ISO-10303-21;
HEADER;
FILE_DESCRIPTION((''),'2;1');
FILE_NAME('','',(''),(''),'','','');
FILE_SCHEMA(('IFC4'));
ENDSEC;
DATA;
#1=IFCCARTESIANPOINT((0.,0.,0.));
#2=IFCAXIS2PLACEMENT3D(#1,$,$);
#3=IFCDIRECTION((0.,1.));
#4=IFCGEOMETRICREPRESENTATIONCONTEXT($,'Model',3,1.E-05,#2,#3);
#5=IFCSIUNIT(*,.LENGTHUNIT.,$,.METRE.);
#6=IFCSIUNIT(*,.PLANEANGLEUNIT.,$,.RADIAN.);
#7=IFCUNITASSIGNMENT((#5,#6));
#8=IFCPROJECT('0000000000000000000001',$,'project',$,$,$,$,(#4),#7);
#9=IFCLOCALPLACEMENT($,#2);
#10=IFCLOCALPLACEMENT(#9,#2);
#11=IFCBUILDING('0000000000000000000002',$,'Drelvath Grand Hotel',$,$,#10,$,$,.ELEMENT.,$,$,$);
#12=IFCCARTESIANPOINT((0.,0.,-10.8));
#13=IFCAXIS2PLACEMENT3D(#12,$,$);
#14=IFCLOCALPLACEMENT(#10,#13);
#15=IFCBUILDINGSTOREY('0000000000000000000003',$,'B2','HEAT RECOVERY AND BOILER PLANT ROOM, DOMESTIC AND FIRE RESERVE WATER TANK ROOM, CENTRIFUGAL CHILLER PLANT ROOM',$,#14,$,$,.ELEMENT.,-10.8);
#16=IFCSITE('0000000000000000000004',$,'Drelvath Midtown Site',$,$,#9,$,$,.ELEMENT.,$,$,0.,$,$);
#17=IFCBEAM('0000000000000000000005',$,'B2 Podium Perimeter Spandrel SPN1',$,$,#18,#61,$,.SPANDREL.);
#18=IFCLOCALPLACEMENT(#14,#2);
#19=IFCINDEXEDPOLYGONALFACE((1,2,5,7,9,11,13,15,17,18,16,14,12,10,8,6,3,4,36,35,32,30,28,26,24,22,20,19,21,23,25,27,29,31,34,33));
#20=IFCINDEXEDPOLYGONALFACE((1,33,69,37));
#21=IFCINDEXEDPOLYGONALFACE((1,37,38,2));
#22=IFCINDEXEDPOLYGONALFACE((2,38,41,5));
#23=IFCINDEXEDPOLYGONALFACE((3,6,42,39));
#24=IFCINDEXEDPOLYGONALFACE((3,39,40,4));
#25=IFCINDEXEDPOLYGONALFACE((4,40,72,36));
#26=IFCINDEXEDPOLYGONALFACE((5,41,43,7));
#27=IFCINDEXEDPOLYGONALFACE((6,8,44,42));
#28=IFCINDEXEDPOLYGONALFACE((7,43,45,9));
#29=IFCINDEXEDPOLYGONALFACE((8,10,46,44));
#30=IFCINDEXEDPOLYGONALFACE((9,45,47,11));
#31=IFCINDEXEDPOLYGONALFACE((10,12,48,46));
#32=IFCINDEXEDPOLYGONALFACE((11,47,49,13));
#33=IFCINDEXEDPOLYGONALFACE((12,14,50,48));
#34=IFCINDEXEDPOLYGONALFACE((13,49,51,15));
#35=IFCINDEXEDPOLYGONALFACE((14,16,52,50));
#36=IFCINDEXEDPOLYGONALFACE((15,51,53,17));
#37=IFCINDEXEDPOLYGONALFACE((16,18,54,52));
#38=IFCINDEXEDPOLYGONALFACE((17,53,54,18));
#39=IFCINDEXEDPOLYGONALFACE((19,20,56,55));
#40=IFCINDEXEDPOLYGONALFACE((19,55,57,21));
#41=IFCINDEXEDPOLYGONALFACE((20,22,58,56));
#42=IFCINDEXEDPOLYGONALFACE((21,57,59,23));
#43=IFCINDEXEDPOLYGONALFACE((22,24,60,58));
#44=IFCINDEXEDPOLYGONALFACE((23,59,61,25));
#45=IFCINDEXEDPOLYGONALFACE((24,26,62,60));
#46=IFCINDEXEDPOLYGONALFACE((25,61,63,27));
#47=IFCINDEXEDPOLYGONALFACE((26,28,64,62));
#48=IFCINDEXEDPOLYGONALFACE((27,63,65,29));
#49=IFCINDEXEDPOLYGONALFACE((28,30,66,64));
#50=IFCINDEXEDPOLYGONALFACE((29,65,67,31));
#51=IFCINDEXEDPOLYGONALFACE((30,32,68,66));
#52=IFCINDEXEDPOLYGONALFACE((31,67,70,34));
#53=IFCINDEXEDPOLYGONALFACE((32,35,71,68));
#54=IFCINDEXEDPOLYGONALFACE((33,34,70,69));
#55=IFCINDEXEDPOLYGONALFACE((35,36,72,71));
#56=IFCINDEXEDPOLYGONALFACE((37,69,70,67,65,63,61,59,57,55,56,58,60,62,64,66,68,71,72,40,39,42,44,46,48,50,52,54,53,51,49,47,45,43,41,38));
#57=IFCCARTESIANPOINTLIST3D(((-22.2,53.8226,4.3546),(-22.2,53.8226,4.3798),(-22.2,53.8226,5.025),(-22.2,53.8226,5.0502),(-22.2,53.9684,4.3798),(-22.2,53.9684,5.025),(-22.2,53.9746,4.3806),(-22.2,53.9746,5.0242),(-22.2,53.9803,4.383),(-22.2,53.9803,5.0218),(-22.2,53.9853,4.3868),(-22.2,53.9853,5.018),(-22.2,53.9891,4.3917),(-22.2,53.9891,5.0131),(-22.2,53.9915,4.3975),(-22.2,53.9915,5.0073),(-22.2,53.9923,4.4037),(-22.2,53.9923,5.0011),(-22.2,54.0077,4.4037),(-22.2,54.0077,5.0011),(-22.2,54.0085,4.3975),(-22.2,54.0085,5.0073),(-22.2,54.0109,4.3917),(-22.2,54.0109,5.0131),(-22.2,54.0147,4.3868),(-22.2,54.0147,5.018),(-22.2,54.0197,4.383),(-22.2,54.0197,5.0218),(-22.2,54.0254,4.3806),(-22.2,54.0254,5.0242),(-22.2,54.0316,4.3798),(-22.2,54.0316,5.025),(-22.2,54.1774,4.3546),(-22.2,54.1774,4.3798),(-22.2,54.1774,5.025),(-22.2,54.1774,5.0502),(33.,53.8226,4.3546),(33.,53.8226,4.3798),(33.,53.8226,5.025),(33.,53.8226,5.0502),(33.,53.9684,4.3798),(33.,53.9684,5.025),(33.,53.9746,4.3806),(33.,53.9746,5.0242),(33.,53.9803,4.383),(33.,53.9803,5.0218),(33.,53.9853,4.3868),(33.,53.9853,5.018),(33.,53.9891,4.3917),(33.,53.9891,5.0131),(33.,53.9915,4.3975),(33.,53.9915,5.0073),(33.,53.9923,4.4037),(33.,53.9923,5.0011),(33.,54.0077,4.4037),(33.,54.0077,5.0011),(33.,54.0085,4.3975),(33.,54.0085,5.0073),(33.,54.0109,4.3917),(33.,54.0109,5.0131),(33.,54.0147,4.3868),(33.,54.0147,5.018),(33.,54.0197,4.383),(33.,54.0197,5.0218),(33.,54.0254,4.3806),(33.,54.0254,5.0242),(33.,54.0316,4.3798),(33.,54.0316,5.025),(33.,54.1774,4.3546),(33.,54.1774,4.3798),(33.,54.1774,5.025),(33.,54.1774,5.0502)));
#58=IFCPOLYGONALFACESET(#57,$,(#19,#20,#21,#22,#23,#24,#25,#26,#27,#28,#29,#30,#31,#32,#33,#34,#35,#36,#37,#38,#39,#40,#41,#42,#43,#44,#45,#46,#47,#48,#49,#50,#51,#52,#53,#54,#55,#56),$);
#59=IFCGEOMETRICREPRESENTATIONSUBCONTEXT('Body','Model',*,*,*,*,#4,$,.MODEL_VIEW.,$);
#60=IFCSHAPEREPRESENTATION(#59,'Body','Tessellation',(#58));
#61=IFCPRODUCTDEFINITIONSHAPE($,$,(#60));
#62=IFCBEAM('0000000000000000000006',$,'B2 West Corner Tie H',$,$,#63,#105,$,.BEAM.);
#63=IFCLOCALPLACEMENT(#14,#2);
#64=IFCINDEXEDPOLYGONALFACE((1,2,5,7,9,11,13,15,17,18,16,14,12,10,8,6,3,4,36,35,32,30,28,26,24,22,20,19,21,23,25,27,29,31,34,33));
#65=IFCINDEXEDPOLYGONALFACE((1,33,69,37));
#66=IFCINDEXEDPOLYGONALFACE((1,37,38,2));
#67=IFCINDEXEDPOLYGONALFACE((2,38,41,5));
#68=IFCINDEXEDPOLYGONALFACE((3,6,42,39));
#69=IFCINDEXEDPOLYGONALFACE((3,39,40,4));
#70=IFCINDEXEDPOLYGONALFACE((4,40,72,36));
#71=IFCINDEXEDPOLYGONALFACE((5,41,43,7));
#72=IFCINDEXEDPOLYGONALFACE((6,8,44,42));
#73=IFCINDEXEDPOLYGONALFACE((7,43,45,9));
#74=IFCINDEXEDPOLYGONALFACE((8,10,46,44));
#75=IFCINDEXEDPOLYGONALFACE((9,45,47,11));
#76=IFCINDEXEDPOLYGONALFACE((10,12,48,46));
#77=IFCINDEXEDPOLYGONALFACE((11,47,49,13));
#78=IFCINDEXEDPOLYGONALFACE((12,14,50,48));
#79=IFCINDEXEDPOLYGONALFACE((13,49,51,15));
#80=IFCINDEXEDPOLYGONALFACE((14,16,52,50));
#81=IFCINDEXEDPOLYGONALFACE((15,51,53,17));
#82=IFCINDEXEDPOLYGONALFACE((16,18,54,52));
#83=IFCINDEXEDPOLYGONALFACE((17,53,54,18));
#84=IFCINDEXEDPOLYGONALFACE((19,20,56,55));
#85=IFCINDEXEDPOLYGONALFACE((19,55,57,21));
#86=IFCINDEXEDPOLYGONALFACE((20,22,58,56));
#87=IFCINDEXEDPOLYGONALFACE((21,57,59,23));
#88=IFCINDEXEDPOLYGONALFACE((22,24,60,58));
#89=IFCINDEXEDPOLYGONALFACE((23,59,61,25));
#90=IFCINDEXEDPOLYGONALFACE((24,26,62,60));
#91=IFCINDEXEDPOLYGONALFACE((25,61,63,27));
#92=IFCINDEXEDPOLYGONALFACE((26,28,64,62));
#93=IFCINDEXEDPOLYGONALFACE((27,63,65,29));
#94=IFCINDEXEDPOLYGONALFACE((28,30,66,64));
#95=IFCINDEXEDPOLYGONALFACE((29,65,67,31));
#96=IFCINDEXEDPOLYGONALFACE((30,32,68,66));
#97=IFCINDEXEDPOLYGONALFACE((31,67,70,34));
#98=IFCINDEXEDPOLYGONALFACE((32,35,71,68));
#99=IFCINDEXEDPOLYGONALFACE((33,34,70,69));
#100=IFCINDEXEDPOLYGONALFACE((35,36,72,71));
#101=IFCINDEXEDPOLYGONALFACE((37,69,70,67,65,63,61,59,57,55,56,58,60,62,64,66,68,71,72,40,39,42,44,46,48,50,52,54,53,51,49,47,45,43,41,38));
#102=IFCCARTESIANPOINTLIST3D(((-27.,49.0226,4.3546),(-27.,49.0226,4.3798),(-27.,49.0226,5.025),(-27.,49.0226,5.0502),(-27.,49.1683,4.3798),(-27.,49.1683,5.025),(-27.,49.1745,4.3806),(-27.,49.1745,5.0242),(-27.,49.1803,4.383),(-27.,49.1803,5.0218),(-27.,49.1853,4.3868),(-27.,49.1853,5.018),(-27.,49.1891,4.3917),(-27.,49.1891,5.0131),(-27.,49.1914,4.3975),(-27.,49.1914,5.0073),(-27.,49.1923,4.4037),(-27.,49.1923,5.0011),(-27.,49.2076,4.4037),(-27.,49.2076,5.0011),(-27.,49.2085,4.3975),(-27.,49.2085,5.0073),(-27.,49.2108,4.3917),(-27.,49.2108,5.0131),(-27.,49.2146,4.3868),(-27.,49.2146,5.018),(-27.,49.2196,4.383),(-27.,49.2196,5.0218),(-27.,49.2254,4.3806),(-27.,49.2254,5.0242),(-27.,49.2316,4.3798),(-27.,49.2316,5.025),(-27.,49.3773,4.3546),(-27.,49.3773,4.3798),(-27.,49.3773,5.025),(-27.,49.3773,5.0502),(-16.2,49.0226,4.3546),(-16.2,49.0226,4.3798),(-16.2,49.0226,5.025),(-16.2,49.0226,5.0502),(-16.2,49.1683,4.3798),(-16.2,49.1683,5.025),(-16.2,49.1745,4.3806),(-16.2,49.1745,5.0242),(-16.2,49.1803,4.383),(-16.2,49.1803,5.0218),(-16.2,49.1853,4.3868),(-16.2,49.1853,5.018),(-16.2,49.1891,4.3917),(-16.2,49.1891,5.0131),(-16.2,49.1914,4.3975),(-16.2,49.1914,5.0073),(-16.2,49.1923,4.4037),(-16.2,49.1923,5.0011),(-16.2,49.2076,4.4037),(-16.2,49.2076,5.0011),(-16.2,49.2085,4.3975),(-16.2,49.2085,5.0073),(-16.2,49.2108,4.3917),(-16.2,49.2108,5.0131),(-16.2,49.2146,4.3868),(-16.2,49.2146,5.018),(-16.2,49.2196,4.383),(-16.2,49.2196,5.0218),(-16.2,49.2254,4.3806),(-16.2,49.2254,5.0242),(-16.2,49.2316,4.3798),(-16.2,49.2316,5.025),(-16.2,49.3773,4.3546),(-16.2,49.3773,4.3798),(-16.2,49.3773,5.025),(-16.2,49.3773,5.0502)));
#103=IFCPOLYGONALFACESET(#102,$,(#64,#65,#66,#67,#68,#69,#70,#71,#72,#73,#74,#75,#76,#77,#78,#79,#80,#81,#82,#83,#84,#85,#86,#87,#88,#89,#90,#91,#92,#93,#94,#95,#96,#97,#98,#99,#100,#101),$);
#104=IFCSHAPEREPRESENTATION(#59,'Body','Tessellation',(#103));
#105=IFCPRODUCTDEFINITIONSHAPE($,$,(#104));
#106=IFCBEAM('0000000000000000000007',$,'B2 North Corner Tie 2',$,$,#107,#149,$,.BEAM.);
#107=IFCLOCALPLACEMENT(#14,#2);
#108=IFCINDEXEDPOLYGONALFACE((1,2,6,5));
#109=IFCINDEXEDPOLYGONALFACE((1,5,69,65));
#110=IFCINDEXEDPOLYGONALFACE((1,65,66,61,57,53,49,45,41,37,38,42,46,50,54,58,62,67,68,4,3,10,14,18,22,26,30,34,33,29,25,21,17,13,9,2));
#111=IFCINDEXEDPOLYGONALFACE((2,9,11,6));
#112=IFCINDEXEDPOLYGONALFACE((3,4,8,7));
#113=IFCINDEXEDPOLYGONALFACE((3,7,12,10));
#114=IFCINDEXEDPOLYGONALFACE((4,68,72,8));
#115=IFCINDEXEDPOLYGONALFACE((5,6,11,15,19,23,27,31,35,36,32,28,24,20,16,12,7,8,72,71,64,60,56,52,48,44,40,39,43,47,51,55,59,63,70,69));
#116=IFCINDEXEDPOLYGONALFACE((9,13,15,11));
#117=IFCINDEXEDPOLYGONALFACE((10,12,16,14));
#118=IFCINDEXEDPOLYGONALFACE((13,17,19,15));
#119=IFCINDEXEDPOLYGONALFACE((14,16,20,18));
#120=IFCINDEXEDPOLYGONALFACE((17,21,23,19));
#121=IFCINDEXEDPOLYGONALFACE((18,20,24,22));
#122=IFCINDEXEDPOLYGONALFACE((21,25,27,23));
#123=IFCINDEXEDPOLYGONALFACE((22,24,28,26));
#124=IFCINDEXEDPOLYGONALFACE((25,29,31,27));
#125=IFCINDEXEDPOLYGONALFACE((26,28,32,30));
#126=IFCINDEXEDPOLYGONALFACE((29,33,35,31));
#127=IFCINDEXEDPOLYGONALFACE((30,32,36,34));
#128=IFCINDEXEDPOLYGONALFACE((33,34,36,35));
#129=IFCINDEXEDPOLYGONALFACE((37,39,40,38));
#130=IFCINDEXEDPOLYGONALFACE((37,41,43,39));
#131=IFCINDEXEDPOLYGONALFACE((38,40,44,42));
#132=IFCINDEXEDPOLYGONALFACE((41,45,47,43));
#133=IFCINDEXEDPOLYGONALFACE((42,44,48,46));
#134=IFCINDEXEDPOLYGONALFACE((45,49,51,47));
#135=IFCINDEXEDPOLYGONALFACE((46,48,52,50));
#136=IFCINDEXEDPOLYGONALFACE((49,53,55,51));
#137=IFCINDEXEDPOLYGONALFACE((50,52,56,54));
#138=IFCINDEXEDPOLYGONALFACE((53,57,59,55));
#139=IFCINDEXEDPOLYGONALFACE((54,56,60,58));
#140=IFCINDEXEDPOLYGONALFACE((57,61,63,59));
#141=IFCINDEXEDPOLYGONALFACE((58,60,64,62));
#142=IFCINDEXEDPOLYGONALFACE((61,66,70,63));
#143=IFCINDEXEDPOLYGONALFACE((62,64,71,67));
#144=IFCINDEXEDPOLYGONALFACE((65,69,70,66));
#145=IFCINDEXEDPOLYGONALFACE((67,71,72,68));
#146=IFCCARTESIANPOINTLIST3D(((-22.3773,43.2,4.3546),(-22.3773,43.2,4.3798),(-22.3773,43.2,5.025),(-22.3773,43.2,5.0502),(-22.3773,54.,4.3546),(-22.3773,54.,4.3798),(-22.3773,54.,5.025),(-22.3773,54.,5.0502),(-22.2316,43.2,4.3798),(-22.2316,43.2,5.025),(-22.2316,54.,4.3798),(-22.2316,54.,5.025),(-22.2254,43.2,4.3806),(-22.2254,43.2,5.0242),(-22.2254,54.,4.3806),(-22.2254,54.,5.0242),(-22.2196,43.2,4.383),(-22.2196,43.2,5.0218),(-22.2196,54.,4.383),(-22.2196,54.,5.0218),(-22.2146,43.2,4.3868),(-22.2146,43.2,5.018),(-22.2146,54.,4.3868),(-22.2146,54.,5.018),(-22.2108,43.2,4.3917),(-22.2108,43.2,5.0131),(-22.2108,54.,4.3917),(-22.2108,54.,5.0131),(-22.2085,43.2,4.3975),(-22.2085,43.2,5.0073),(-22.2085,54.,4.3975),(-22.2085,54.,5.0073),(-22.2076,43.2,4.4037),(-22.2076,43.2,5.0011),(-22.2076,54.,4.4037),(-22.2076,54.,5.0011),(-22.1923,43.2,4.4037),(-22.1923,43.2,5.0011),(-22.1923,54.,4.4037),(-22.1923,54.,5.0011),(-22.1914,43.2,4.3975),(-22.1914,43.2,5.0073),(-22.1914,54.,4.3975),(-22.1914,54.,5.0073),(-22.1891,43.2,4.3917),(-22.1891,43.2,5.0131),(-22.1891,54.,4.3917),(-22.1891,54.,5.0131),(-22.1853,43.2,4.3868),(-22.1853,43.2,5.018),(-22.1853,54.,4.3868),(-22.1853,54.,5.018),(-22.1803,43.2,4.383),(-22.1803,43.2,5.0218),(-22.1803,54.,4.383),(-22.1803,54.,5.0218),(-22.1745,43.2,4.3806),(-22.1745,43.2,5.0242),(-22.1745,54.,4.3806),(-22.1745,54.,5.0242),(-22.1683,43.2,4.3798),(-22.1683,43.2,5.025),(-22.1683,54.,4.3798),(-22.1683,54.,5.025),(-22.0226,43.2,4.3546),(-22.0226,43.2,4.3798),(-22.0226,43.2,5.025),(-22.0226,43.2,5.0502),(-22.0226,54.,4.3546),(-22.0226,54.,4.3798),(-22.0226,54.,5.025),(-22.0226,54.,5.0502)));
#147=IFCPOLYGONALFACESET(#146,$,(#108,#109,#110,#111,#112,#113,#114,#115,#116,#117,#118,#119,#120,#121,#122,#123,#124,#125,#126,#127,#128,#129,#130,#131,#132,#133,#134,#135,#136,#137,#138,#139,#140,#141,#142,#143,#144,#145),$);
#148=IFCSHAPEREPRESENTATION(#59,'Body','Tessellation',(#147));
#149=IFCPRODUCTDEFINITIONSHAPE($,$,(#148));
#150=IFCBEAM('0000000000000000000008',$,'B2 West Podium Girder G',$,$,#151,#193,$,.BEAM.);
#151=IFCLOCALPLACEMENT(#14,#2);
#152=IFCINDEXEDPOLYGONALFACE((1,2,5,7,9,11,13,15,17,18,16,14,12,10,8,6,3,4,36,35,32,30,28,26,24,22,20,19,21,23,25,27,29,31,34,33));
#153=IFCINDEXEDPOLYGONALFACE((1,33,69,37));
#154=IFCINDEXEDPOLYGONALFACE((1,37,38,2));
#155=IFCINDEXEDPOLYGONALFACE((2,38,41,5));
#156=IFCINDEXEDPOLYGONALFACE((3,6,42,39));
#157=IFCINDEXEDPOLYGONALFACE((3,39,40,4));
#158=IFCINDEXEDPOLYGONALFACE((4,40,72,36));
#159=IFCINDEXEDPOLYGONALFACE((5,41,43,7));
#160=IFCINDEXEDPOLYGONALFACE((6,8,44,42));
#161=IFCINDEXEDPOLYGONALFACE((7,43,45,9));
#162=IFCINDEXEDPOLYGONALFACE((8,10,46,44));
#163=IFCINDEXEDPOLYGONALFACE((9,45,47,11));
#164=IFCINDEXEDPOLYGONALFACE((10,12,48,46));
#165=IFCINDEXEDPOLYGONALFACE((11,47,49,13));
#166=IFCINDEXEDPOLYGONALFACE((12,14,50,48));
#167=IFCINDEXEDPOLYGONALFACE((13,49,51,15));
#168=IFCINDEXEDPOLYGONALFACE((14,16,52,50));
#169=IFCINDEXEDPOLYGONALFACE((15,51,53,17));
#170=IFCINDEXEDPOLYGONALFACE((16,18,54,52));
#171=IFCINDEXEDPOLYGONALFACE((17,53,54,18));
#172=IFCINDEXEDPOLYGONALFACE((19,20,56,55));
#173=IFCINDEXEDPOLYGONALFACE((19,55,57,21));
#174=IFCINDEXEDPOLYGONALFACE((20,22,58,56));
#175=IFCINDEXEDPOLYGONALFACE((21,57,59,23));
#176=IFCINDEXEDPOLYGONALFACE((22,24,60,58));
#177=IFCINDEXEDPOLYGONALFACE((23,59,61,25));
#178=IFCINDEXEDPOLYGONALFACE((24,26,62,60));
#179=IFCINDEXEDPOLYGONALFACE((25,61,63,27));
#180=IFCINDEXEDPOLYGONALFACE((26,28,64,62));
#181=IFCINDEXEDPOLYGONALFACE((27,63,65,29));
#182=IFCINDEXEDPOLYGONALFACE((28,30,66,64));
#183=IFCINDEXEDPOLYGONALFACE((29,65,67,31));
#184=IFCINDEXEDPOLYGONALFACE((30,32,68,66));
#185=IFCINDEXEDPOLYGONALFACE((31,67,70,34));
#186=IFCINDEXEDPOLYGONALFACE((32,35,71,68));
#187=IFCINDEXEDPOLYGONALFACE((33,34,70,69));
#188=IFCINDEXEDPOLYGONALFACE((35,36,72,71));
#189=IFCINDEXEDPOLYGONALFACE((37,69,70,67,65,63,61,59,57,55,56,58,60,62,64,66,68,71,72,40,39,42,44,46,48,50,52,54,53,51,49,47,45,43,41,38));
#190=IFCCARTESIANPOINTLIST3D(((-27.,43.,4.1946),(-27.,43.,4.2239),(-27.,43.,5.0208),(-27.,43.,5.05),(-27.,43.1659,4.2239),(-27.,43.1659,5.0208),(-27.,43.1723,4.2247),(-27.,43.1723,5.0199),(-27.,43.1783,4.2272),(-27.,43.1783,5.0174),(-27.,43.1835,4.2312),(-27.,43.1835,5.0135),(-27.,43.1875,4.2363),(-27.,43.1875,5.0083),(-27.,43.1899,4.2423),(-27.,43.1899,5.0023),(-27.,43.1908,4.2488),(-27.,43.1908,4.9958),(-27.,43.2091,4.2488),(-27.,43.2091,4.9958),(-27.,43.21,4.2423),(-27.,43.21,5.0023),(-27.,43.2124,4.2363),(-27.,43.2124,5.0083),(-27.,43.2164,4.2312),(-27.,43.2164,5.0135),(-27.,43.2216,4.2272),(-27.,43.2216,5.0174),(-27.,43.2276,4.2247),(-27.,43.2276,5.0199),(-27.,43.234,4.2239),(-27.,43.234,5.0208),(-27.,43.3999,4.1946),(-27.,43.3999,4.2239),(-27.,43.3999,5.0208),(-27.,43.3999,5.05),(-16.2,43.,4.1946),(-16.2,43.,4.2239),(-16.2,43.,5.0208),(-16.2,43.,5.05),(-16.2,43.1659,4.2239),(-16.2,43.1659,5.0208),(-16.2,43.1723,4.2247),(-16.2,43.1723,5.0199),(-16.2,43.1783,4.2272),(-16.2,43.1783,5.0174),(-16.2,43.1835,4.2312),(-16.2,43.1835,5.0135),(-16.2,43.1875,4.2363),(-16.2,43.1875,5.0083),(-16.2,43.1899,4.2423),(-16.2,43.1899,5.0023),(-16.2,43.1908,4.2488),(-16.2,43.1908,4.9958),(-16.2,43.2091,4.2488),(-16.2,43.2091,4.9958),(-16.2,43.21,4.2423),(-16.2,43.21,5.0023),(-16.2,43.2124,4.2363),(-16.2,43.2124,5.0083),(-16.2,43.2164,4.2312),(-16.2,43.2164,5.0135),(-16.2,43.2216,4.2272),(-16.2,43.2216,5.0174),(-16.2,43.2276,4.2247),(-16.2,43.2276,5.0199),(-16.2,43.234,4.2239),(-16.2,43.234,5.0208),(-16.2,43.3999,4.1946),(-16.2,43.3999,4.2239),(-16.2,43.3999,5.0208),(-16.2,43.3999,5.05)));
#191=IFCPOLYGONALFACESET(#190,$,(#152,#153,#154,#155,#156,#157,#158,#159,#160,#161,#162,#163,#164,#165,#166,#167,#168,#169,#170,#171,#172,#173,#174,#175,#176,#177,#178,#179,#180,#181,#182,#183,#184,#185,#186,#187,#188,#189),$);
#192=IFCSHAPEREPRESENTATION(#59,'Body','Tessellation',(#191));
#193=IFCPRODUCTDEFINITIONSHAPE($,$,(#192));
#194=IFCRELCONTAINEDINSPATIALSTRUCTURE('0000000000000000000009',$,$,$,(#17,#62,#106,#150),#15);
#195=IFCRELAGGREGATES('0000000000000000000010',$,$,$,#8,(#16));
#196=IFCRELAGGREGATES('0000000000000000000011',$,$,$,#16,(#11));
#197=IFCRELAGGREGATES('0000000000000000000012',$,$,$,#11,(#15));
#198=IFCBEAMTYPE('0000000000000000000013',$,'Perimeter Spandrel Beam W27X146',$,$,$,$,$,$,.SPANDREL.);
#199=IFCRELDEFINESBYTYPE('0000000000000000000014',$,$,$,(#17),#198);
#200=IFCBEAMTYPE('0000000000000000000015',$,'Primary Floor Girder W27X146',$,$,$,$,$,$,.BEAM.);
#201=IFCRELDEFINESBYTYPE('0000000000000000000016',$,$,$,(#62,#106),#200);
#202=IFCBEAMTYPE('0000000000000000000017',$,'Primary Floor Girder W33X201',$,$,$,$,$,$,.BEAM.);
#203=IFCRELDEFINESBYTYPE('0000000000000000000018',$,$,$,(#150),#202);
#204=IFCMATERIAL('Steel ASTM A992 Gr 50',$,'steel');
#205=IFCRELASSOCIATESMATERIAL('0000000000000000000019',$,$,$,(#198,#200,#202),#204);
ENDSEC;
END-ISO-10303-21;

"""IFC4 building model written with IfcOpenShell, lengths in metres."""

from ifc_helpers import new_model, si_unit, direction, frame, origin, origin_2d, place, context, subcontext, project, spatial, i_section, extrude, material, material_profile, profile_set, type_object, element, save


model = new_model("IFC4")

# Units and contexts
model_context = context("Model", 3, precision=1e-05, world=origin(), true_north=direction((0.0, 1.0)))
body_context = subcontext(model_context, "Body", "Model", "MODEL_VIEW")
ifc_project = project(units=[si_unit("LENGTHUNIT", "METRE"), si_unit("PLANEANGLEUNIT", "RADIAN")], contexts=[model_context])

# Site, building, storey
site_placement = place(None, origin())
site = spatial("IfcSite", under=ifc_project, at=site_placement, Name="Drelvath Midtown Site", CompositionType="ELEMENT", RefElevation=0.0)
building_placement = place(site_placement, origin())
building = spatial("IfcBuilding", under=site, at=building_placement, Name="Drelvath Grand Hotel", CompositionType="ELEMENT")
storey_placement = place(building_placement, frame((0.0, 0.0, -10.8)))
storey = spatial("IfcBuildingStorey", under=building, at=storey_placement, Name="B2", Description="HEAT RECOVERY AND BOILER PLANT ROOM, DOMESTIC AND FIRE RESERVE WATER TANK ROOM, CENTRIFUGAL CHILLER PLANT ROOM", CompositionType="ELEMENT", Elevation=-10.8)

# Beams
ifc_material_1 = material(Name="Steel ASTM A992 Gr 50", Category="steel")
ifc_material_profile_1 = material_profile(ifc_material_1, i_section(OverallWidth=0.3547, OverallDepth=0.6956, WebThickness=0.0154, FlangeThickness=0.0251, FilletRadius=0.0239, at=origin_2d()), Name="W27X146")
ifc_profile_set_1 = profile_set([ifc_material_profile_1], Name="Steel ASTM A992 Gr 50")
beam_type_1 = type_object("IfcBeamType", Name="Perimeter Spandrel Beam W27X146", PredefinedType="SPANDREL", material=ifc_profile_set_1)
beam_1_placement = place(storey_placement, frame((-22.2, 54.0, 4.7024), z_axis=(1.0, 0.0, 0.0), x_axis=(0.0, 1.0, 0.0)))
element("IfcBeam", 1, at=beam_1_placement, inside=storey, type_object=beam_type_1, Name="B2 Podium Perimeter Spandrel SPN1", PredefinedType="SPANDREL", context=body_context, shape_type="SweptSolid", body=[
    extrude(i_section(OverallWidth=0.3547, OverallDepth=0.6956, WebThickness=0.0154, FlangeThickness=0.0251, FilletRadius=0.0239, at=origin_2d()), origin(), (0.0, 0.0, 1.0), 55.2),
])
ifc_material_profile_2 = material_profile(ifc_material_1, i_section(OverallWidth=0.3547, OverallDepth=0.6956, WebThickness=0.0154, FlangeThickness=0.0251, FilletRadius=0.0239, at=origin_2d()), Name="W27X146")
ifc_profile_set_2 = profile_set([ifc_material_profile_2], Name="Steel ASTM A992 Gr 50")
beam_type_2 = type_object("IfcBeamType", Name="Primary Floor Girder W27X146", PredefinedType="BEAM", material=ifc_profile_set_2)
for number, where, z_axis, x_axis, name in (
    (2, (-27.0, 49.2, 4.7024), (1.0, 0.0, 0.0), (0.0, 1.0, 0.0), "B2 West Corner Tie H"),
    (3, (-22.2, 43.2, 4.7024), (0.0, 1.0, 0.0), (-1.0, 0.0, 0.0), "B2 North Corner Tie 2"),
):
    element("IfcBeam", number, at=place(storey_placement, frame(where, z_axis=z_axis, x_axis=x_axis)), inside=storey, type_object=beam_type_2, Name=name, PredefinedType="BEAM", context=body_context, shape_type="SweptSolid", body=[
        extrude(i_section(OverallWidth=0.3547, OverallDepth=0.6956, WebThickness=0.0154, FlangeThickness=0.0251, FilletRadius=0.0239, at=origin_2d()), origin(), (0.0, 0.0, 1.0), 10.8),
    ])
ifc_material_profile_3 = material_profile(ifc_material_1, i_section(OverallWidth=0.3999, OverallDepth=0.8555, WebThickness=0.0183, FlangeThickness=0.0293, FilletRadius=0.0249, at=origin_2d()), Name="W33X201")
ifc_profile_set_3 = profile_set([ifc_material_profile_3], Name="Steel ASTM A992 Gr 50")
beam_type_3 = type_object("IfcBeamType", Name="Primary Floor Girder W33X201", PredefinedType="BEAM", material=ifc_profile_set_3)
beam_2_placement = place(storey_placement, frame((-27.0, 43.2, 4.6223), z_axis=(1.0, 0.0, 0.0), x_axis=(0.0, 1.0, 0.0)))
element("IfcBeam", 4, at=beam_2_placement, inside=storey, type_object=beam_type_3, Name="B2 West Podium Girder G", PredefinedType="BEAM", context=body_context, shape_type="SweptSolid", body=[
    extrude(i_section(OverallWidth=0.3999, OverallDepth=0.8555, WebThickness=0.0183, FlangeThickness=0.0293, FilletRadius=0.0249, at=origin_2d()), origin(), (0.0, 0.0, 1.0), 10.8),
])

save(model, "model.ifc")
